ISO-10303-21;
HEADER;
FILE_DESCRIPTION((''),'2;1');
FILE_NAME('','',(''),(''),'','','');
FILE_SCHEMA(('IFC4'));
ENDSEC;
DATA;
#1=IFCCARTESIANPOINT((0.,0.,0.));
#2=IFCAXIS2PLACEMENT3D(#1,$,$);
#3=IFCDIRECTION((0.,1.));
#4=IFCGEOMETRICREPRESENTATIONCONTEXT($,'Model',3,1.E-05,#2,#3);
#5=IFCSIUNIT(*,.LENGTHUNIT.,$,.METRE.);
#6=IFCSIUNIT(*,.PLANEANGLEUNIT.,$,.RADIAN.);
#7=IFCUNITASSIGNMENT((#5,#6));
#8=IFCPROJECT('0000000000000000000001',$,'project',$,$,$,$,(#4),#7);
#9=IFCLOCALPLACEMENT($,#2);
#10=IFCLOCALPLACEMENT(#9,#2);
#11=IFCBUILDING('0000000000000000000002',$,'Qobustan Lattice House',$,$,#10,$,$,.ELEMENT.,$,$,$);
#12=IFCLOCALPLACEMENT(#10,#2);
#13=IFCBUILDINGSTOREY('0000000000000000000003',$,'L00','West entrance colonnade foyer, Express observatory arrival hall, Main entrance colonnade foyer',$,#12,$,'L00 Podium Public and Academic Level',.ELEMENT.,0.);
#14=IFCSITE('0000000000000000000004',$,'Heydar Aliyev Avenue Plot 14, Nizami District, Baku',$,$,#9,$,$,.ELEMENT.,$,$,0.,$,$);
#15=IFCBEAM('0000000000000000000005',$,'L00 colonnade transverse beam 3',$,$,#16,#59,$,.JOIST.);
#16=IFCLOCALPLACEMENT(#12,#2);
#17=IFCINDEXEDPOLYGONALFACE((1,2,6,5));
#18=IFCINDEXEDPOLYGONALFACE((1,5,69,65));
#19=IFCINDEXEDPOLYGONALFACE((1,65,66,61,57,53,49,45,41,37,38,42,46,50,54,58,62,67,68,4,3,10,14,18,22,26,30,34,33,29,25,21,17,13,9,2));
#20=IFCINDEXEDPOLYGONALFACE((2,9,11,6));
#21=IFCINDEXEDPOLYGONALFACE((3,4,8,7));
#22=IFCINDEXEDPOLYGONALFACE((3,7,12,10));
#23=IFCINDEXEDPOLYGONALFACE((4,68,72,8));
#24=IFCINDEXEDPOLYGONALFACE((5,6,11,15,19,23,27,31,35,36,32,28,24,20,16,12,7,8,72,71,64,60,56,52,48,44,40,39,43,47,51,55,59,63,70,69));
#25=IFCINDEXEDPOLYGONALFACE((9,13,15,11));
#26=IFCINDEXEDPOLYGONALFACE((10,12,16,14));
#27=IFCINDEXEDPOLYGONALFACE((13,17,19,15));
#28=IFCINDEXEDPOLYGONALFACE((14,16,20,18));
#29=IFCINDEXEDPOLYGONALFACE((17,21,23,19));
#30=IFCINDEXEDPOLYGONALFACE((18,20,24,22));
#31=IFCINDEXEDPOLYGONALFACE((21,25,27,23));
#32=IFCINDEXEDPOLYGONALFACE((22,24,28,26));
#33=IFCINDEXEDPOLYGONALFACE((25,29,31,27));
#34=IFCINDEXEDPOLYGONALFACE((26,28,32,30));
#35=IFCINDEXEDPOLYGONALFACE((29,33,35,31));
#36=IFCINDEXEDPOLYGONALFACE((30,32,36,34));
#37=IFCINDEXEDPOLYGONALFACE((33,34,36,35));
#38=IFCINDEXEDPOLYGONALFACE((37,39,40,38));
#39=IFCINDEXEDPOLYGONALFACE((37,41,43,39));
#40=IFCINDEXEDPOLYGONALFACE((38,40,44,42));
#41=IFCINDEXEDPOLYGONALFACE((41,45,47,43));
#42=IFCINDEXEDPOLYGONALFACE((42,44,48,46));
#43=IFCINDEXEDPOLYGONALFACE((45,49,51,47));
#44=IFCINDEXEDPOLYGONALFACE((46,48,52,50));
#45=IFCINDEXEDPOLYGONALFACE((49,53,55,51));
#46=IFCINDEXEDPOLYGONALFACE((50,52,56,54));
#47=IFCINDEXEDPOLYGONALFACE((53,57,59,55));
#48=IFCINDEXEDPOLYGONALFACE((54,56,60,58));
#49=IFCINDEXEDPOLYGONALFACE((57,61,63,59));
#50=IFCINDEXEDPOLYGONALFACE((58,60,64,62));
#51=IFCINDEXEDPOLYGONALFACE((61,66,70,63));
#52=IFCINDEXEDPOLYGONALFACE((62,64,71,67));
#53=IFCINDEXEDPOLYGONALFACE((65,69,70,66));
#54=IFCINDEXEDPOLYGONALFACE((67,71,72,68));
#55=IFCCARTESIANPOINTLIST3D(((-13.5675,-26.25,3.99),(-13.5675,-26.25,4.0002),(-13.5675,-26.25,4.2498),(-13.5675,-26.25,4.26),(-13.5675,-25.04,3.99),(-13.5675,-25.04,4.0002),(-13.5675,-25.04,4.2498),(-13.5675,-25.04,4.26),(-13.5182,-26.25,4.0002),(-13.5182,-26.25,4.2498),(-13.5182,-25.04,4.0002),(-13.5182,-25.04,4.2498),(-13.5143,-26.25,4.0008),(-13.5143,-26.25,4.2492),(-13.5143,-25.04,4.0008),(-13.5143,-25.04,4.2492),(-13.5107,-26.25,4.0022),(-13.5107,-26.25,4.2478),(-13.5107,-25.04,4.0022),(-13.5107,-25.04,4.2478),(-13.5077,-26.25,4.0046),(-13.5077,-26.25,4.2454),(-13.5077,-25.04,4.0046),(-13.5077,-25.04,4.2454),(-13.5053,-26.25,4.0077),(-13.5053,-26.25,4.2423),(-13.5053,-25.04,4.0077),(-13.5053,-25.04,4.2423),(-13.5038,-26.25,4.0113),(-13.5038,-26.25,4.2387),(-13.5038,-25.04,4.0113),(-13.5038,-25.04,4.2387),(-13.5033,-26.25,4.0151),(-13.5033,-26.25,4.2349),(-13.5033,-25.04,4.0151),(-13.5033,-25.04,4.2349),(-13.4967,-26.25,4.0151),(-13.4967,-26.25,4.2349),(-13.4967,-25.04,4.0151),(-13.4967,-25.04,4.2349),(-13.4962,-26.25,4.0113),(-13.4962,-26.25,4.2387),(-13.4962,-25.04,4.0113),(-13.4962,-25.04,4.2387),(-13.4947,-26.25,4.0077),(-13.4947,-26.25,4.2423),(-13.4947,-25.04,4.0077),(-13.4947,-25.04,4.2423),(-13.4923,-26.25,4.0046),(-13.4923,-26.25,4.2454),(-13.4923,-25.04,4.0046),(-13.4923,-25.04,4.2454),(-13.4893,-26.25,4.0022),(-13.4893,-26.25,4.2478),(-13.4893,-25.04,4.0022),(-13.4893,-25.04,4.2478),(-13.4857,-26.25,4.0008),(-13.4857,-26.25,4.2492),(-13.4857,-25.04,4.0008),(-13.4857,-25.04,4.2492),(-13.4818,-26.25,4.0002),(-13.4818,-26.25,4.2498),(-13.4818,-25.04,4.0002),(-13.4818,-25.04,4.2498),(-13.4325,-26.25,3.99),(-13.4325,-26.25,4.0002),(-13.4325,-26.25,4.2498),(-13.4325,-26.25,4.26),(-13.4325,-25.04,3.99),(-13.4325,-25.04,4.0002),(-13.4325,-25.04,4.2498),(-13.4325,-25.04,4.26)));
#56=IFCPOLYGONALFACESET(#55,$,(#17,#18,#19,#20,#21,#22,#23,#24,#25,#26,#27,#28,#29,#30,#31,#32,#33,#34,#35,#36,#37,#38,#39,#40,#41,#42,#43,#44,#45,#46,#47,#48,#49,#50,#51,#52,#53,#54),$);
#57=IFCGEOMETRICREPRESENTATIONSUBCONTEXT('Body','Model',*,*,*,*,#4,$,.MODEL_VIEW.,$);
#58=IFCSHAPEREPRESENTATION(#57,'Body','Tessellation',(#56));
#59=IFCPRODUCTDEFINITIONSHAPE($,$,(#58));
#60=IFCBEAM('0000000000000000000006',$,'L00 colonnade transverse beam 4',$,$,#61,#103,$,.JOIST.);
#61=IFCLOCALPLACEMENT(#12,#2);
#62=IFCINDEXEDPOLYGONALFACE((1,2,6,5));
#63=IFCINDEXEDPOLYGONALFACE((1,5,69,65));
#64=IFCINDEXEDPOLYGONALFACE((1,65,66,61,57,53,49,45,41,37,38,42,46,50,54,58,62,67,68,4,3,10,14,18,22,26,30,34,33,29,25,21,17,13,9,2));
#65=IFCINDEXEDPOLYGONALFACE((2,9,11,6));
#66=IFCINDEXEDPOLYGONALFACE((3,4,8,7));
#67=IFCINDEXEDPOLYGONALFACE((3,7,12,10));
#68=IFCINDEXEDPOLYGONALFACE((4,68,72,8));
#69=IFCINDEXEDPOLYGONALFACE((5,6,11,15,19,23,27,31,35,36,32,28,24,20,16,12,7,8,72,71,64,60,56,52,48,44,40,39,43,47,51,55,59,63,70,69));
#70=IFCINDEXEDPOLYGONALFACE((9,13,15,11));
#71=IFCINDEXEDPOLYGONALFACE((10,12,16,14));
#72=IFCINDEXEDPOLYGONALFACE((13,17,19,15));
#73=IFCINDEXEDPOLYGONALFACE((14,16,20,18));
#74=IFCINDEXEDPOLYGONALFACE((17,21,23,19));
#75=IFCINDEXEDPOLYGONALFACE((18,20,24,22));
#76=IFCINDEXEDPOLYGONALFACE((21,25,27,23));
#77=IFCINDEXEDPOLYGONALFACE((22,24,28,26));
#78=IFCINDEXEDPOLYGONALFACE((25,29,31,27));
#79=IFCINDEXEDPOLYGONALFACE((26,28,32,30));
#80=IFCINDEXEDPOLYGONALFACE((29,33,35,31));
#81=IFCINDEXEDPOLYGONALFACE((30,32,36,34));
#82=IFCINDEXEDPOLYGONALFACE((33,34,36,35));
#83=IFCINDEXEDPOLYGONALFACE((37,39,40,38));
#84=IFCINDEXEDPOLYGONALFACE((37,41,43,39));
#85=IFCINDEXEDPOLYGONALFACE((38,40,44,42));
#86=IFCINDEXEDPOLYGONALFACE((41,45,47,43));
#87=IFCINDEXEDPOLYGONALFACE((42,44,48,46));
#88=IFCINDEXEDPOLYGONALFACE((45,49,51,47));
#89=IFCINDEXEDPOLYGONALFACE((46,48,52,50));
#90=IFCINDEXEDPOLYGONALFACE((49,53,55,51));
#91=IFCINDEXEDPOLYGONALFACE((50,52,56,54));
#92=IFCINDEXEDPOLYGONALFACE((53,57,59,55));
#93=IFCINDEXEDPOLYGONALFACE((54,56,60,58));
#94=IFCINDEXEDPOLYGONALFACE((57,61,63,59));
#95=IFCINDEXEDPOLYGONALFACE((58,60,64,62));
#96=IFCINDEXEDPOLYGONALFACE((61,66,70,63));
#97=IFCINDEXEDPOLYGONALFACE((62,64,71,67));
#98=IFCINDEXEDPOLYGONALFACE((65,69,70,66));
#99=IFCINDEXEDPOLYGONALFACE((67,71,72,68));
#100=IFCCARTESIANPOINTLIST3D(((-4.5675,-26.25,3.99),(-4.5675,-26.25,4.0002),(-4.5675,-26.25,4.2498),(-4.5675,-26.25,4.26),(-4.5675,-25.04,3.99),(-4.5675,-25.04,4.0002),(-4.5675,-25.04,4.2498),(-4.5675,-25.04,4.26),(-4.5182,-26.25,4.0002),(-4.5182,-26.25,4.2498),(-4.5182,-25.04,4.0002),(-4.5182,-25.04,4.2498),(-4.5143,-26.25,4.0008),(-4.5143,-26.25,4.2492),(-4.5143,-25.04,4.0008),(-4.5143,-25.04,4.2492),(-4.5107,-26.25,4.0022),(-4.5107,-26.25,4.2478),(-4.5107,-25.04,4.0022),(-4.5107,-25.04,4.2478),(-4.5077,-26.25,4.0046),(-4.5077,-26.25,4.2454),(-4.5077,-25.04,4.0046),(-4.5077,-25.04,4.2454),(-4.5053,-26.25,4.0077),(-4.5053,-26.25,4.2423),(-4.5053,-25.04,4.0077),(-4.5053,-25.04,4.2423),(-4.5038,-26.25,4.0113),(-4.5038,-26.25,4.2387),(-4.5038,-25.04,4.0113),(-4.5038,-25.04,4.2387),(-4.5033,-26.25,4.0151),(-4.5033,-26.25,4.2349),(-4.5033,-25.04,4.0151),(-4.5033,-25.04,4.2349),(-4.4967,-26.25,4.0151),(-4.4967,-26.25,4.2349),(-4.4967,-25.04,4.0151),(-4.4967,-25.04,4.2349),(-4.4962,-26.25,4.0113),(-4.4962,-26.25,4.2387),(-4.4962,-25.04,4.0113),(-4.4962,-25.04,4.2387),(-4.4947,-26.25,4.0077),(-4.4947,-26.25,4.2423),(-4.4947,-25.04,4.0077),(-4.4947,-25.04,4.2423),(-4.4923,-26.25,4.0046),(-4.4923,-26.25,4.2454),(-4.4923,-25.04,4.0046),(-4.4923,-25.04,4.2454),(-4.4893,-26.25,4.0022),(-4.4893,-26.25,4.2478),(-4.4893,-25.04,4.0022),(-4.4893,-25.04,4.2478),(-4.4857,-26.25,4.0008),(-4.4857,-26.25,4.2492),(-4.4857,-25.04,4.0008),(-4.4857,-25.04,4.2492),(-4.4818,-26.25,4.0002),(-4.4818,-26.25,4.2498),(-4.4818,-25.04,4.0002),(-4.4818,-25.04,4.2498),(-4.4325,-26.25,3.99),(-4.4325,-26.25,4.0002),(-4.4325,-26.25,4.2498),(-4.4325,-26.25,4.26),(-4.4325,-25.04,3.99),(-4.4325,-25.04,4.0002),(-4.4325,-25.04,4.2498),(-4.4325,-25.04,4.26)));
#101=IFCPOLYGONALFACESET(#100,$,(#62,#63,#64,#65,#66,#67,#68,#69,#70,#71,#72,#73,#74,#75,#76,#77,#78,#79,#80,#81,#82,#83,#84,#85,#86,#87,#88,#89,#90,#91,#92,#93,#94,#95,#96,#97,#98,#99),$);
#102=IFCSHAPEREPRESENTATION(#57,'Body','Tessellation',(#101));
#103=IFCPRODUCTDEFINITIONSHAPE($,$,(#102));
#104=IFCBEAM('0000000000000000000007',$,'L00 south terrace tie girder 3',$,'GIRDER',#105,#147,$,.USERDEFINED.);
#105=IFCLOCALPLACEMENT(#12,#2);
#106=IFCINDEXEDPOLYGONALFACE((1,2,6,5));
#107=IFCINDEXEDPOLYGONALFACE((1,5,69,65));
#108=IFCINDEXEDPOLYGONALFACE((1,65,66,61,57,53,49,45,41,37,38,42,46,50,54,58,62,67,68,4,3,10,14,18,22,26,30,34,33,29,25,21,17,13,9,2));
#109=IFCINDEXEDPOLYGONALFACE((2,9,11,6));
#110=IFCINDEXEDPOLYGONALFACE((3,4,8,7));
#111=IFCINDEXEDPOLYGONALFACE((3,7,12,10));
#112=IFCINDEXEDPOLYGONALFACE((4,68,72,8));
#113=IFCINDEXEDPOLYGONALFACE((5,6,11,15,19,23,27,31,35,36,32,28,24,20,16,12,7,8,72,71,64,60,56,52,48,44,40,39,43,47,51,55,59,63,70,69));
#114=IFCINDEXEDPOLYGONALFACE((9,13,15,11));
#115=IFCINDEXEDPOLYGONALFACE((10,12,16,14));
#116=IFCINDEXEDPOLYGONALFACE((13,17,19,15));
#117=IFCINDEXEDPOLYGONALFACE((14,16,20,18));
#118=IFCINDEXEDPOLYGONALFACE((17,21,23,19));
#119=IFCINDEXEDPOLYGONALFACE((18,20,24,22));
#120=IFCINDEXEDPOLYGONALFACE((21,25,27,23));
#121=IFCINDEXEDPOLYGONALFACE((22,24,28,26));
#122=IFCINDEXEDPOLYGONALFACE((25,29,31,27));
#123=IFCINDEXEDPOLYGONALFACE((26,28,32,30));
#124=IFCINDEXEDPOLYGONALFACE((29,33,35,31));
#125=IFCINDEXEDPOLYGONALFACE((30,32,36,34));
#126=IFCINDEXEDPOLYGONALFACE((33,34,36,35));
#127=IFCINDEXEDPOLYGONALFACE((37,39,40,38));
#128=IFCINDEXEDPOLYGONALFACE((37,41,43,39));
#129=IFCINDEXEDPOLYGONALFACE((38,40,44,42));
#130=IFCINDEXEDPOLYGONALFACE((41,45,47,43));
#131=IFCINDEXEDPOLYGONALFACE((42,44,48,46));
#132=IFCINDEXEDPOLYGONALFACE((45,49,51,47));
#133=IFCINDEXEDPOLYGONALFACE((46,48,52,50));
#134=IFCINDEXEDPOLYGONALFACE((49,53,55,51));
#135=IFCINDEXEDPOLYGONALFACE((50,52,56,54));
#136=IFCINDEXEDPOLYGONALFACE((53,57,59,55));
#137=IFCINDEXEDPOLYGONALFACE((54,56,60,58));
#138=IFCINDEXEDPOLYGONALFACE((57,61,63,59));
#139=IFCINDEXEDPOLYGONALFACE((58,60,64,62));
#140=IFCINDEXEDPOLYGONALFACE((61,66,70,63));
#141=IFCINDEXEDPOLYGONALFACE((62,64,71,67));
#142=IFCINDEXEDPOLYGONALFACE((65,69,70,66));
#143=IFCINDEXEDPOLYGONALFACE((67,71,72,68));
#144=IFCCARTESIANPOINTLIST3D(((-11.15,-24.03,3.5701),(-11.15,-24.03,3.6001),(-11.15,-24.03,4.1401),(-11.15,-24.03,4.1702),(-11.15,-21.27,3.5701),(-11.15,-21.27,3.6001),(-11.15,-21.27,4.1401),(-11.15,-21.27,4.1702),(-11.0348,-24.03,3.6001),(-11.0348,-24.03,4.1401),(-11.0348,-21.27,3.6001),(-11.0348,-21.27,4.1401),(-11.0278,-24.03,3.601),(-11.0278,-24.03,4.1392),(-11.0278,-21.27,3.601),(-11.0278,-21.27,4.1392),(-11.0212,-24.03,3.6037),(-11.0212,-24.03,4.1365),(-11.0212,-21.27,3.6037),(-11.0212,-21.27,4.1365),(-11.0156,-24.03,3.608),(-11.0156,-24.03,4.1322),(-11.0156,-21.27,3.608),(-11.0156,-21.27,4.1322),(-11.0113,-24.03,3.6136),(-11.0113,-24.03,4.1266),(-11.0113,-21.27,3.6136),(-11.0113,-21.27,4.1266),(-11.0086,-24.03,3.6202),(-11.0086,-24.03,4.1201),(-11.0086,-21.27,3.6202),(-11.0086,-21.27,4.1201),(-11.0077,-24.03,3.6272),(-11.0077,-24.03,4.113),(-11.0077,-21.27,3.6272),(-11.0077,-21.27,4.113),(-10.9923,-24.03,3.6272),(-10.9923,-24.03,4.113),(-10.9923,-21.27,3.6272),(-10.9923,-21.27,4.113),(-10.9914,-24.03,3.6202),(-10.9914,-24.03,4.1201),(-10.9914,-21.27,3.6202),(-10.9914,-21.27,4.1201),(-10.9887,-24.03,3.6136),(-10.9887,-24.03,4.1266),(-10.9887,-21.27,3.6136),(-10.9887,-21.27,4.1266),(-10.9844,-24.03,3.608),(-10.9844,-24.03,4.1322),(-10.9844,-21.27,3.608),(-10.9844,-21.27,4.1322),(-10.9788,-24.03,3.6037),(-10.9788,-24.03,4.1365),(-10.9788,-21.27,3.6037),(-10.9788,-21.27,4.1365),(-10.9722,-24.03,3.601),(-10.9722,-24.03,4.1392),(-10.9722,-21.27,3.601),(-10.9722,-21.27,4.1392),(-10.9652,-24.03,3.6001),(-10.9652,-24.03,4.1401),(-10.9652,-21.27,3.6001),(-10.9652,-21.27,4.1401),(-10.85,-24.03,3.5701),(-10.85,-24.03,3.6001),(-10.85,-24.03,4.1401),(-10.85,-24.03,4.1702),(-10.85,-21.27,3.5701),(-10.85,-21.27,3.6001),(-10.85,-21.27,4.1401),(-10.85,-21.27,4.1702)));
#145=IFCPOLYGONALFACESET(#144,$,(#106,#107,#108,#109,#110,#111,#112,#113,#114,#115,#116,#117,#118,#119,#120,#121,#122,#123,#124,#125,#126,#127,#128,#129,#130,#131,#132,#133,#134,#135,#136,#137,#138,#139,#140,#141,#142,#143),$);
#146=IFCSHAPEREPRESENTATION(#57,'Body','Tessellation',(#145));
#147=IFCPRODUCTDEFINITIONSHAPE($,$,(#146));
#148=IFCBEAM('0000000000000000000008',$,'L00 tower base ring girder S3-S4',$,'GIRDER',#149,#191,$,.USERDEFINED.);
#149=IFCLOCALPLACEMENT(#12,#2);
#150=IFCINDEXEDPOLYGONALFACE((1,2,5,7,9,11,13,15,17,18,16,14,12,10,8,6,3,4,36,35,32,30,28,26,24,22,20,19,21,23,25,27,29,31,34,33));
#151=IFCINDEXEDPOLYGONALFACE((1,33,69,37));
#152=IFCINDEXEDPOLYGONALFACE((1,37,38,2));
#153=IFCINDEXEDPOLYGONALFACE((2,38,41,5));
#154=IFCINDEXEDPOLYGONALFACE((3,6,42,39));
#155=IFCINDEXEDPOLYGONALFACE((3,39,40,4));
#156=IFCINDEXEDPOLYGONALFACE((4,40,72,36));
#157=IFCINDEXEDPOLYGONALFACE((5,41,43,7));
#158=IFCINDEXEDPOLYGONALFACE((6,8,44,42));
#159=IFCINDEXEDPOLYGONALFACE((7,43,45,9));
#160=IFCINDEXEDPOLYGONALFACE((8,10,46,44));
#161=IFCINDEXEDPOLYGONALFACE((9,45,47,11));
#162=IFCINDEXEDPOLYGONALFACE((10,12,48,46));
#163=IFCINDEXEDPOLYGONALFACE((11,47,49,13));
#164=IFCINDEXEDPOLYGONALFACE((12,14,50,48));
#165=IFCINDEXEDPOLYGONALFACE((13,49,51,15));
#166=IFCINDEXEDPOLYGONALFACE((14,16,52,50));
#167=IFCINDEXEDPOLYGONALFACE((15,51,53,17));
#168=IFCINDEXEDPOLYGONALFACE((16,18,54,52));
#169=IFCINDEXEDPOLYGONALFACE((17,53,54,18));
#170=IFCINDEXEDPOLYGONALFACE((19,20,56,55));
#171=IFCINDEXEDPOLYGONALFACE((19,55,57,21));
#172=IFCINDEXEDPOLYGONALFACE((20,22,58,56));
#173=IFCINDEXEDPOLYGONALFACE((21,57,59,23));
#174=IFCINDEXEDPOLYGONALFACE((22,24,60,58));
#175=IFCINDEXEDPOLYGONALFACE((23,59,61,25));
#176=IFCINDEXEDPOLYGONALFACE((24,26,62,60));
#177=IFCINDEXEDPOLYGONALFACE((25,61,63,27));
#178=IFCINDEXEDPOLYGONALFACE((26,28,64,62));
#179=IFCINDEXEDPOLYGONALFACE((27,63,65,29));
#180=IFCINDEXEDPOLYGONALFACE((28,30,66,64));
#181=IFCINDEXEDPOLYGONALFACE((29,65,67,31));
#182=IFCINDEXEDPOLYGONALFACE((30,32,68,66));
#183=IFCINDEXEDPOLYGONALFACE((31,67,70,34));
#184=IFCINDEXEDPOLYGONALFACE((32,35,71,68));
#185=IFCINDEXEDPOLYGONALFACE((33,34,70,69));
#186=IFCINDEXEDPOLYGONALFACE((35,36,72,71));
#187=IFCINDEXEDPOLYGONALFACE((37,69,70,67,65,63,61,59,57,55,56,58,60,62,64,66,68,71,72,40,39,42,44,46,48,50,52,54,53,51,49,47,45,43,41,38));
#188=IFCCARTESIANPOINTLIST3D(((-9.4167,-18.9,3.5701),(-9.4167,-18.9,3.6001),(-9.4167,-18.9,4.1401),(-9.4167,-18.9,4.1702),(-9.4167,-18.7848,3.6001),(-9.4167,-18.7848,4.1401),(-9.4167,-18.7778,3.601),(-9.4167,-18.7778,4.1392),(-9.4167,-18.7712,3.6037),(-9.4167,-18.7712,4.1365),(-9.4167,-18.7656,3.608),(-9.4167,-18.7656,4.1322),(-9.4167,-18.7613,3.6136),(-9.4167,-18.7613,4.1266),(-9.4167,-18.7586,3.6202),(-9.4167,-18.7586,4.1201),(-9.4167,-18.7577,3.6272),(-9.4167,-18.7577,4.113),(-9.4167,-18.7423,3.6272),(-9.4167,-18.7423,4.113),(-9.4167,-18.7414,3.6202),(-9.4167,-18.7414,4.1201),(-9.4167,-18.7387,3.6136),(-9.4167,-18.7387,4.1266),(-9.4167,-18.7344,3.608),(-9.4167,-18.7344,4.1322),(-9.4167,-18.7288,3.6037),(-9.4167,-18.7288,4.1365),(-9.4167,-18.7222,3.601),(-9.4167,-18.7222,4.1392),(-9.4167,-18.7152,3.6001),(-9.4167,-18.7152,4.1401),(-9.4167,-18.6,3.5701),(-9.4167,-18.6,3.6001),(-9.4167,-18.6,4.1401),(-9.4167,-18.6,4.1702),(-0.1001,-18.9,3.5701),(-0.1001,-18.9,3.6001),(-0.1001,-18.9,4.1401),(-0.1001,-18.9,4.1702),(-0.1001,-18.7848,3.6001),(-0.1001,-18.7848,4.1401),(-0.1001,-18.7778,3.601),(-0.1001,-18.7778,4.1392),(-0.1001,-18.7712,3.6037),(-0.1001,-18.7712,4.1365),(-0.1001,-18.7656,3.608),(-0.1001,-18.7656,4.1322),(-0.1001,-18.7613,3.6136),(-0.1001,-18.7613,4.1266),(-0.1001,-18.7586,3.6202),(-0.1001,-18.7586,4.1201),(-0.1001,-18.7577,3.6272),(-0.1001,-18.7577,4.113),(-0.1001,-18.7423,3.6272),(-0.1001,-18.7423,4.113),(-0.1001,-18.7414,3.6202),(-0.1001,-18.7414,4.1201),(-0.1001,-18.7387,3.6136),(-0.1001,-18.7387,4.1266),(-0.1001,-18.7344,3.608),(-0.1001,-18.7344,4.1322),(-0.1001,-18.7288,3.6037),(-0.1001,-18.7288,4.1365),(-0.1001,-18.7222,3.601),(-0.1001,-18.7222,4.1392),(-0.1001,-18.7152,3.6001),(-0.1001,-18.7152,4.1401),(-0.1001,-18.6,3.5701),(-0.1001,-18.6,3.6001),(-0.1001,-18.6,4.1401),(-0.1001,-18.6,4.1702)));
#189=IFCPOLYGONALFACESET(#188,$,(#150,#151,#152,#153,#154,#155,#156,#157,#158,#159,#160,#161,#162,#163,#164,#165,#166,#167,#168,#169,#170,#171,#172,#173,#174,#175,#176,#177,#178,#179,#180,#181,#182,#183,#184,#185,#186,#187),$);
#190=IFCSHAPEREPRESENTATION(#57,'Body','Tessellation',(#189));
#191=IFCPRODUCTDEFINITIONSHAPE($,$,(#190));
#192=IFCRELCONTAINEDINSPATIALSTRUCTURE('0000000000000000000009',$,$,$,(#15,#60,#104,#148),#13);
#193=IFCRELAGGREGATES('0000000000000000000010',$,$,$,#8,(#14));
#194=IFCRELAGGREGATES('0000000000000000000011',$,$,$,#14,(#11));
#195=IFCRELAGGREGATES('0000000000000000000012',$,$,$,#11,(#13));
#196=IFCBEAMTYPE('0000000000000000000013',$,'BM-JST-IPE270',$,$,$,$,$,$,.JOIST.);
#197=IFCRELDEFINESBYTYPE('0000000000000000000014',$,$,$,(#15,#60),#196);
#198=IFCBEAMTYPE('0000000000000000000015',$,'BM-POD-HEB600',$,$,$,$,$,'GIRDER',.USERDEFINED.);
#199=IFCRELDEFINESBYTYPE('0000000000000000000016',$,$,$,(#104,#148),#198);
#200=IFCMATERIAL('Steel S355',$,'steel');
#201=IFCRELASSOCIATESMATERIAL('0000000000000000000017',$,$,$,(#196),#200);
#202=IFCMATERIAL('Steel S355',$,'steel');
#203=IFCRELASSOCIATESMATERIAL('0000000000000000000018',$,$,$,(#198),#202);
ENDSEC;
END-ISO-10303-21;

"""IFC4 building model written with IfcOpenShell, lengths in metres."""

from ifc_helpers import new_model, si_unit, direction, frame, origin, origin_2d, place, context, subcontext, project, spatial, i_section, extrude, material, material_profile, profile_set, type_object, element, save


model = new_model("IFC4")

# Units and contexts
model_context = context("Model", 3, precision=1e-05, world=origin(), true_north=direction((0.0, 1.0)))
body_context = subcontext(model_context, "Body", "Model", "MODEL_VIEW")
ifc_project = project(units=[si_unit("LENGTHUNIT", "METRE"), si_unit("PLANEANGLEUNIT", "RADIAN")], contexts=[model_context])

# Site, building, storey
site_placement = place(None, origin())
site = spatial("IfcSite", under=ifc_project, at=site_placement, Name="Heydar Aliyev Avenue Plot 14, Nizami District, Baku", CompositionType="ELEMENT", RefElevation=0.0)
building_placement = place(site_placement, origin())
building = spatial("IfcBuilding", under=site, at=building_placement, Name="Qobustan Lattice House", CompositionType="ELEMENT")
storey_placement = place(building_placement, origin())
storey = spatial("IfcBuildingStorey", under=building, at=storey_placement, Name="L00", Description="West entrance colonnade foyer, Express observatory arrival hall, Main entrance colonnade foyer", LongName="L00 Podium Public and Academic Level", CompositionType="ELEMENT", Elevation=0.0)

# Beams
ifc_material_1 = material(Name="Steel S355", Category="steel")
ifc_material_profile_1 = material_profile(ifc_material_1, i_section(OverallWidth=0.135, OverallDepth=0.27, WebThickness=0.0066, FlangeThickness=0.0103, FilletRadius=0.0149, at=origin_2d()), Name="IPE270")
ifc_profile_set_1 = profile_set([ifc_material_profile_1], Name="Steel S355")
beam_type_1 = type_object("IfcBeamType", Name="BM-JST-IPE270", PredefinedType="JOIST", material=ifc_profile_set_1)
for number, where, z_axis, x_axis, name in (
    (1, (-13.5, -26.25, 4.125), (0.0, 1.0, 0.0), (-1.0, 0.0, 0.0), "L00 colonnade transverse beam 3"),
    (2, (-4.5, -26.25, 4.125), (0.0, 1.0, 0.0), (-1.0, 0.0, 0.0), "L00 colonnade transverse beam 4"),
):
    element("IfcBeam", number, at=place(storey_placement, frame(where, z_axis=z_axis, x_axis=x_axis)), inside=storey, type_object=beam_type_1, Name=name, PredefinedType="JOIST", context=body_context, shape_type="SweptSolid", body=[
        extrude(i_section(OverallWidth=0.135, OverallDepth=0.27, WebThickness=0.0066, FlangeThickness=0.0103, FilletRadius=0.0149, at=origin_2d()), origin(), (0.0, 0.0, 1.0), 1.21),
    ])
ifc_material_2 = material(Name="Steel S355", Category="steel")
ifc_material_profile_2 = material_profile(ifc_material_2, i_section(OverallWidth=0.3, OverallDepth=0.6001, WebThickness=0.0154, FlangeThickness=0.03, FilletRadius=0.0271, at=origin_2d()), Name="HEB600")
ifc_profile_set_2 = profile_set([ifc_material_profile_2], Name="Steel S355")
beam_type_2 = type_object("IfcBeamType", Name="BM-POD-HEB600", ElementType="GIRDER", PredefinedType="USERDEFINED", material=ifc_profile_set_2)
beam_1_placement = place(storey_placement, frame((-11.0, -24.03, 3.8701), z_axis=(0.0, 1.0, 0.0), x_axis=(-1.0, 0.0, 0.0)))
element("IfcBeam", 3, at=beam_1_placement, inside=storey, type_object=beam_type_2, Name="L00 south terrace tie girder 3", ObjectType="GIRDER", PredefinedType="USERDEFINED", context=body_context, shape_type="SweptSolid", body=[
    extrude(i_section(OverallWidth=0.3, OverallDepth=0.6001, WebThickness=0.0154, FlangeThickness=0.03, FilletRadius=0.0271, at=origin_2d()), origin(), (0.0, 0.0, 1.0), 2.76),
])
beam_2_placement = place(storey_placement, frame((-9.4167, -18.75, 3.8701), z_axis=(1.0, 0.0, 0.0), x_axis=(0.0, 1.0, 0.0)))
element("IfcBeam", 4, at=beam_2_placement, inside=storey, type_object=beam_type_2, Name="L00 tower base ring girder S3-S4", ObjectType="GIRDER", PredefinedType="USERDEFINED", context=body_context, shape_type="SweptSolid", body=[
    extrude(i_section(OverallWidth=0.3, OverallDepth=0.6001, WebThickness=0.0154, FlangeThickness=0.03, FilletRadius=0.0271, at=origin_2d()), origin(), (0.0, 0.0, 1.0), 9.3167),
])

save(model, "model.ifc")
